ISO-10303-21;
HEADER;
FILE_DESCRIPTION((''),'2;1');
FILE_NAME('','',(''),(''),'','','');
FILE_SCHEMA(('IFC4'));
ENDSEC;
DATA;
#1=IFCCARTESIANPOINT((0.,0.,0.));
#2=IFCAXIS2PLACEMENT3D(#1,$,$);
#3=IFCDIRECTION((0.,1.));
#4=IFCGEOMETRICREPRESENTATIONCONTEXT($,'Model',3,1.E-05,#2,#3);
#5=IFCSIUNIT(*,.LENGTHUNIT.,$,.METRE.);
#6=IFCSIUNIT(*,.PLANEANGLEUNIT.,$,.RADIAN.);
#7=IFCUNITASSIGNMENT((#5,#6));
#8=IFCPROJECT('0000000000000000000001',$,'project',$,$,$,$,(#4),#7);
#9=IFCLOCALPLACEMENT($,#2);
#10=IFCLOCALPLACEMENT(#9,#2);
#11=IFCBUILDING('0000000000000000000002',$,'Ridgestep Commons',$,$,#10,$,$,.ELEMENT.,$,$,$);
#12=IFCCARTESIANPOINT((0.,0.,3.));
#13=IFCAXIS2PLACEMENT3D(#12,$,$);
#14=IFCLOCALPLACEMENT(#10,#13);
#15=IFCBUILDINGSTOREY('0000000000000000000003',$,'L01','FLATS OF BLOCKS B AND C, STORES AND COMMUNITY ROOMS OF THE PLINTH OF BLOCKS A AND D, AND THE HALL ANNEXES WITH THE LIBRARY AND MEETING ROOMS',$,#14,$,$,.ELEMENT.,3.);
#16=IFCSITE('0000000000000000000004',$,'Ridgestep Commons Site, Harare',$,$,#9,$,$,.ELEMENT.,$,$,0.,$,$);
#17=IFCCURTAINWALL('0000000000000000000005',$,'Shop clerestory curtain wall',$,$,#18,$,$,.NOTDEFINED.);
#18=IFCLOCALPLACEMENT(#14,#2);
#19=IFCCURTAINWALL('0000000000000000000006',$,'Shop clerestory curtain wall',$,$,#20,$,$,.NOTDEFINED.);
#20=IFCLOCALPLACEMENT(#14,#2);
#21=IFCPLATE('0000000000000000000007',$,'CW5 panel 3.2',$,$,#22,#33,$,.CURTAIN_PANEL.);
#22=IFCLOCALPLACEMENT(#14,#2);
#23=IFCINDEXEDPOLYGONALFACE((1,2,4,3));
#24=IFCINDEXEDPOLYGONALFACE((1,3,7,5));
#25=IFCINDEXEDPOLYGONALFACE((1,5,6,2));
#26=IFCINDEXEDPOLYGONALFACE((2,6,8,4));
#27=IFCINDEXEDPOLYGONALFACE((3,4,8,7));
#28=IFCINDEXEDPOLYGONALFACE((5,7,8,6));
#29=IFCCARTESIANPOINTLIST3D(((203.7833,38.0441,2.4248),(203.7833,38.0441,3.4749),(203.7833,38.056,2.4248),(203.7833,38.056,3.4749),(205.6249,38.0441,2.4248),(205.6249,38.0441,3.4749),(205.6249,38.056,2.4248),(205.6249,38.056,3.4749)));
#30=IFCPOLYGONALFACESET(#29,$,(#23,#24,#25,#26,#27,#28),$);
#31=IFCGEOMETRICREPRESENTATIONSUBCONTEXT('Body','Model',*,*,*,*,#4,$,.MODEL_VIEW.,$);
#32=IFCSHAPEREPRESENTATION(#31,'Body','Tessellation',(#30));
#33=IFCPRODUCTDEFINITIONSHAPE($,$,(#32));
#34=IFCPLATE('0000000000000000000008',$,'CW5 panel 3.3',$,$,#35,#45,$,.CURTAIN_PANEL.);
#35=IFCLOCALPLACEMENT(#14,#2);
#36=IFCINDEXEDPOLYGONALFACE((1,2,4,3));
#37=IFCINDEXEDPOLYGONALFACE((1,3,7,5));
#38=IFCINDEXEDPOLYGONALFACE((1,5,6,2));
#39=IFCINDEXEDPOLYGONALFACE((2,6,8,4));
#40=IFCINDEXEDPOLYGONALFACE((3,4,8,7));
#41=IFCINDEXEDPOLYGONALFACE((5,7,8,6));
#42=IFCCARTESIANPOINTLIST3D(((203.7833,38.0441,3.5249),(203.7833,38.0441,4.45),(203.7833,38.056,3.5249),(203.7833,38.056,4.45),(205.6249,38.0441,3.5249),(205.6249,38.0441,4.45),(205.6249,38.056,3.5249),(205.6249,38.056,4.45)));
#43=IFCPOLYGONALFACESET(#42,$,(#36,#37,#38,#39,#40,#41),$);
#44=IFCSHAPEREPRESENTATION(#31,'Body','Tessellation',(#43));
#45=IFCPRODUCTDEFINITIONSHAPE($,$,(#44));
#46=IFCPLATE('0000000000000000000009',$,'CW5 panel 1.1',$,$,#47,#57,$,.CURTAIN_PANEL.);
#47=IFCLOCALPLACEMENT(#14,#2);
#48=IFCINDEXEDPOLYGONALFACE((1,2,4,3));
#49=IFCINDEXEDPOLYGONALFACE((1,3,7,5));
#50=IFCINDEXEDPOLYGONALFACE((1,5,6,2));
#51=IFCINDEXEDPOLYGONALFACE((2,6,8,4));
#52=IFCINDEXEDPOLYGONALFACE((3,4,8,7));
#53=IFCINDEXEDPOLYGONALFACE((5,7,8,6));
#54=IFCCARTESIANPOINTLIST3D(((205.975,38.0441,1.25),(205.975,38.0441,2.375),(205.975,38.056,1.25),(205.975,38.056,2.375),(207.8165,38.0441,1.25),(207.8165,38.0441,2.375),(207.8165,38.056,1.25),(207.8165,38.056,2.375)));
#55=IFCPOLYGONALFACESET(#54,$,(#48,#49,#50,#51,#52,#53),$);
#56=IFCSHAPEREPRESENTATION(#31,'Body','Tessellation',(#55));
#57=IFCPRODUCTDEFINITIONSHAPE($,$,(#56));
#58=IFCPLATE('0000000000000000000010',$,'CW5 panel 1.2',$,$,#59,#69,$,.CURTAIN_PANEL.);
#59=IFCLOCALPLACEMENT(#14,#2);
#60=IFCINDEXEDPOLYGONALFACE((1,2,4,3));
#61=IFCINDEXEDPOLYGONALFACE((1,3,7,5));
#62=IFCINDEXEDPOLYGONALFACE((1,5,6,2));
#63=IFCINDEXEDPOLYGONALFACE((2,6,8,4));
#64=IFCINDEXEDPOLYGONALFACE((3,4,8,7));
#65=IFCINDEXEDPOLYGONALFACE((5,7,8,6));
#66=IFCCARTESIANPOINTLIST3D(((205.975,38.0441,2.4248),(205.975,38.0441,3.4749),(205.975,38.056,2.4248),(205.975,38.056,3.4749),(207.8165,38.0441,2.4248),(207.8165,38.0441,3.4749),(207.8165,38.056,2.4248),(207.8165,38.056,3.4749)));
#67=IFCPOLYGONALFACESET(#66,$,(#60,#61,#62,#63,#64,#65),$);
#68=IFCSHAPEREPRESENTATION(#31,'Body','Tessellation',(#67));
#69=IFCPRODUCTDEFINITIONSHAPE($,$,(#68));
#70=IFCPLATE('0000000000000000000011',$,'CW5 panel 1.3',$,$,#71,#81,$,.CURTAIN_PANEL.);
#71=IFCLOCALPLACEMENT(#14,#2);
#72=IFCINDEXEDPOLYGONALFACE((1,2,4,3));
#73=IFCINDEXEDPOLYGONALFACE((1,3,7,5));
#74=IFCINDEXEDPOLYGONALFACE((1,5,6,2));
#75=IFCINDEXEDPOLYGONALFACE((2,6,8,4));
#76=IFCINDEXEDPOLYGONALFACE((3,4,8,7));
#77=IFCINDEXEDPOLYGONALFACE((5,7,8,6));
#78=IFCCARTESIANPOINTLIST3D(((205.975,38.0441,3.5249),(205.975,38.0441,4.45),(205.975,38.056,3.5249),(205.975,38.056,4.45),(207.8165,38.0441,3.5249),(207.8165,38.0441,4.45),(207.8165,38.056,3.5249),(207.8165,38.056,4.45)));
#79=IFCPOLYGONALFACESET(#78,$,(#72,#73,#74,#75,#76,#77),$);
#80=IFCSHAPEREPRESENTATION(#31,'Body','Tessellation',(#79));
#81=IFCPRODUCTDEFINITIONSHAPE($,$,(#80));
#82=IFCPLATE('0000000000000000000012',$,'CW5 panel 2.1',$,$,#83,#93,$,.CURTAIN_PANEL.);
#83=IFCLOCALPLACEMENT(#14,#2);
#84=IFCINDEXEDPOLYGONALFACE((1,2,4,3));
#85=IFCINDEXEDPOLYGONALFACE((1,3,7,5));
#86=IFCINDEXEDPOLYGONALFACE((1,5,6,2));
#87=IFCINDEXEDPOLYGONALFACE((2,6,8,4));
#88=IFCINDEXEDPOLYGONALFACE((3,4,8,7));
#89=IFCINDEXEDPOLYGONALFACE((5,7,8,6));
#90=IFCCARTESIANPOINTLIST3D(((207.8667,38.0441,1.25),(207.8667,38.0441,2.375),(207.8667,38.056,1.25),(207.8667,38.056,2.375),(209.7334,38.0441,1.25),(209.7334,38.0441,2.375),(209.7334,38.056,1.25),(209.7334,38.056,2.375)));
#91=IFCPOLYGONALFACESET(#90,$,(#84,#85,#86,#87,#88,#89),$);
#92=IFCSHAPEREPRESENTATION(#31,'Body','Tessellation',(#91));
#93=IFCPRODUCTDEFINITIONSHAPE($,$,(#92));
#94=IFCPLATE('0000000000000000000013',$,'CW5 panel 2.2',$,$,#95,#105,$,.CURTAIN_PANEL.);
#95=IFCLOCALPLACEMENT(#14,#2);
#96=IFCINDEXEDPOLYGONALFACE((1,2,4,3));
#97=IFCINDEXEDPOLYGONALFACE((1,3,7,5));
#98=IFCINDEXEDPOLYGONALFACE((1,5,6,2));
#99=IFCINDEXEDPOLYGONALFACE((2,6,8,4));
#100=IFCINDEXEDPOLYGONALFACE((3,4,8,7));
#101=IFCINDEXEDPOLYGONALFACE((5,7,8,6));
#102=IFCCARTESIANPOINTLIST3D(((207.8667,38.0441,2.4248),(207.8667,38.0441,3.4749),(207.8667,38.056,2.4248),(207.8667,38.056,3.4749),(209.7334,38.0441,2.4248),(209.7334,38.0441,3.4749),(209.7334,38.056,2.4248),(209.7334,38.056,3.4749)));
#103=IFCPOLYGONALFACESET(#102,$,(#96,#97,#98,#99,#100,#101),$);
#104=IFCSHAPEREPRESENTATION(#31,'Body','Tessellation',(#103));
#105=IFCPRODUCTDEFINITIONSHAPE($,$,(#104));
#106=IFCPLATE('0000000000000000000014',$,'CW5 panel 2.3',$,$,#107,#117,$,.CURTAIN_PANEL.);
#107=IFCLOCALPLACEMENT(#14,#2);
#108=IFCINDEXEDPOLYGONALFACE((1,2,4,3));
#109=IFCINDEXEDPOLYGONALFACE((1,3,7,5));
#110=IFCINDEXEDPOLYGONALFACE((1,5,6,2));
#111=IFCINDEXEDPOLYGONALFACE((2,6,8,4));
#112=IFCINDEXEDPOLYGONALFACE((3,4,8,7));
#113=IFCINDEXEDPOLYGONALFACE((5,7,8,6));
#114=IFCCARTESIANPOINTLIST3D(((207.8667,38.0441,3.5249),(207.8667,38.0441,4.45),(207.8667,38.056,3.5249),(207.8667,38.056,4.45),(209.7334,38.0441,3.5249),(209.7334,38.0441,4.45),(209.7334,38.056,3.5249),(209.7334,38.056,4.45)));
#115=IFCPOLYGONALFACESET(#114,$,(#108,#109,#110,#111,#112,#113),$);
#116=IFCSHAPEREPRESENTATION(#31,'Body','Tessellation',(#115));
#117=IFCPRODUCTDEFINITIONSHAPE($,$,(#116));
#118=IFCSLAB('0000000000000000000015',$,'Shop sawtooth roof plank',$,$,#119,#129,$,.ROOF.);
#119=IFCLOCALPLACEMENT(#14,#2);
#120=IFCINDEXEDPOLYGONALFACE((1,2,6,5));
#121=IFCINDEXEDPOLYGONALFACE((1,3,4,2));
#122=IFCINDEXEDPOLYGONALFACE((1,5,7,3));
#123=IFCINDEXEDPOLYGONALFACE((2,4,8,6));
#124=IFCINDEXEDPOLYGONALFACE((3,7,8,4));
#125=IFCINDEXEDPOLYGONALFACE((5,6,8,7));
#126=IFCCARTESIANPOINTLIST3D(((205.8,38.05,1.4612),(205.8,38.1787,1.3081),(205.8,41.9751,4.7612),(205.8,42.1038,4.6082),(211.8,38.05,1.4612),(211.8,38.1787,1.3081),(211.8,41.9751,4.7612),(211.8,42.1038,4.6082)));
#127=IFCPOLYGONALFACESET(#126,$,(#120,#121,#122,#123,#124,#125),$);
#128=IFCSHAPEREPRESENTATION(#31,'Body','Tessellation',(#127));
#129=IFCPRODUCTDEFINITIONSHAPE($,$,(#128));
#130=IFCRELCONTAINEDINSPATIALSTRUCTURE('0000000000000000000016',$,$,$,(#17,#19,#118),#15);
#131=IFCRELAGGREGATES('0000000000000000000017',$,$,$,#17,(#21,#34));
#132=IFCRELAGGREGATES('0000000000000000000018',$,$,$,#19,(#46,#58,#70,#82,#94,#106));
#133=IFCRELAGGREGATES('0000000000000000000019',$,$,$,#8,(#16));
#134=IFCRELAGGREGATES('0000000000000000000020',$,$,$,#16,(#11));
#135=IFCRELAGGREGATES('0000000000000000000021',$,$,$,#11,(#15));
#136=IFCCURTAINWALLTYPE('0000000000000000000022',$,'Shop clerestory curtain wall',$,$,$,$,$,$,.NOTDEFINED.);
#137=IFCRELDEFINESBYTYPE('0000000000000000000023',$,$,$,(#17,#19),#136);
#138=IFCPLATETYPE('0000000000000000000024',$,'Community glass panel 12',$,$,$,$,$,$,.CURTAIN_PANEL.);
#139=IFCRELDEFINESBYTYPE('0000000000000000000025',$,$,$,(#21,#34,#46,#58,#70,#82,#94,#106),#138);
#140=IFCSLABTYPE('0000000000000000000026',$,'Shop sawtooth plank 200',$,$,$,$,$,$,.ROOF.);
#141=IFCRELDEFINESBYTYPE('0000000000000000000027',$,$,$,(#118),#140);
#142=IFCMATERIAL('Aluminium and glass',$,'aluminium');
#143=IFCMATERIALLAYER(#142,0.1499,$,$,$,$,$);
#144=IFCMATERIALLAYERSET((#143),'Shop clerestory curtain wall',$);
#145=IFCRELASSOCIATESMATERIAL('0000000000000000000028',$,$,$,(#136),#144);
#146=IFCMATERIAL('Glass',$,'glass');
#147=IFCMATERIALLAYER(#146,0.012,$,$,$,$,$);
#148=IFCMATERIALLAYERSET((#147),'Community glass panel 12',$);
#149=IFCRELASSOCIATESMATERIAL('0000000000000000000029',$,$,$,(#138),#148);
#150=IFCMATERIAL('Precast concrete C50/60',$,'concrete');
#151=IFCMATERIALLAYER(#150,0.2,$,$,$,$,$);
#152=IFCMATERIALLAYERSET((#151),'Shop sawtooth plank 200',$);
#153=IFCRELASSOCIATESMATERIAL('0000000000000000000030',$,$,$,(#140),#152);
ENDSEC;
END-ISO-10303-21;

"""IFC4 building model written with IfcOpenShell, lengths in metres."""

from ifc_helpers import new_model, si_unit, direction, frame, origin, origin_2d, place, context, subcontext, project, spatial, polyline, rectangle, outline, extrude, material, layer, layer_set, type_object, element, aggregate, save


model = new_model("IFC4")

# Units and contexts
model_context = context("Model", 3, precision=1e-05, world=origin(), true_north=direction((0.0, 1.0)))
body_context = subcontext(model_context, "Body", "Model", "MODEL_VIEW")
ifc_project = project(units=[si_unit("LENGTHUNIT", "METRE"), si_unit("PLANEANGLEUNIT", "RADIAN")], contexts=[model_context])

# Site, building, storey
site_placement = place(None, origin())
site = spatial("IfcSite", under=ifc_project, at=site_placement, Name="Ridgestep Commons Site, Harare", CompositionType="ELEMENT", RefElevation=0.0)
building_placement = place(site_placement, origin())
building = spatial("IfcBuilding", under=site, at=building_placement, Name="Ridgestep Commons", CompositionType="ELEMENT")
storey_placement = place(building_placement, frame((0.0, 0.0, 3.0)))
storey = spatial("IfcBuildingStorey", under=building, at=storey_placement, Name="L01", Description="FLATS OF BLOCKS B AND C, STORES AND COMMUNITY ROOMS OF THE PLINTH OF BLOCKS A AND D, AND THE HALL ANNEXES WITH THE LIBRARY AND MEETING ROOMS", CompositionType="ELEMENT", Elevation=3.0)

# Curtain wall
ifc_material_1 = material(Name="Aluminium and glass", Category="aluminium")
ifc_layer_1 = layer(ifc_material_1, 0.1499)
ifc_layer_set_1 = layer_set([ifc_layer_1], Name="Shop clerestory curtain wall")
curtain_wall_type = type_object("IfcCurtainWallType", Name="Shop clerestory curtain wall", PredefinedType="NOTDEFINED", material=ifc_layer_set_1)
curtain_wall_1_placement = place(storey_placement, origin())
curtain_wall_1 = element("IfcCurtainWall", 1, at=curtain_wall_1_placement, inside=storey, type_object=curtain_wall_type, Name="Shop clerestory curtain wall", PredefinedType="NOTDEFINED")

# Curtain wall
curtain_wall_2_placement = place(storey_placement, origin())
curtain_wall_2 = element("IfcCurtainWall", 2, at=curtain_wall_2_placement, inside=storey, type_object=curtain_wall_type, Name="Shop clerestory curtain wall", PredefinedType="NOTDEFINED")

# Plates
ifc_material_2 = material(Name="Glass", Category="glass")
ifc_layer_2 = layer(ifc_material_2, 0.012)
ifc_layer_set_2 = layer_set([ifc_layer_2], Name="Community glass panel 12")
plate_type = type_object("IfcPlateType", Name="Community glass panel 12", PredefinedType="CURTAIN_PANEL", material=ifc_layer_set_2)
plate_1_placement = place(storey_placement, frame((204.7041, 38.05, 2.4248), z_axis=(0.0, 0.0, 1.0), x_axis=(1.0, 0.0, 0.0)))
plate_1 = element("IfcPlate", 3, at=plate_1_placement, type_object=plate_type, Name="CW5 panel 3.2", PredefinedType="CURTAIN_PANEL", context=body_context, shape_type="SweptSolid", body=[
    extrude(rectangle(XDim=1.8416, YDim=0.012, at=origin_2d()), origin(), (0.0, 0.0, 1.0), 1.05),
])
plate_2_placement = place(storey_placement, frame((204.7041, 38.05, 3.5249), z_axis=(0.0, 0.0, 1.0), x_axis=(1.0, 0.0, 0.0)))
plate_2 = element("IfcPlate", 4, at=plate_2_placement, type_object=plate_type, Name="CW5 panel 3.3", PredefinedType="CURTAIN_PANEL", context=body_context, shape_type="SweptSolid", body=[
    extrude(rectangle(XDim=1.8416, YDim=0.012, at=origin_2d()), origin(), (0.0, 0.0, 1.0), 0.925),
])
aggregate(curtain_wall_1, [plate_1, plate_2])
plate_3_placement = place(storey_placement, frame((206.8958, 38.05, 1.25), z_axis=(0.0, 0.0, 1.0), x_axis=(1.0, 0.0, 0.0)))
plate_3 = element("IfcPlate", 5, at=plate_3_placement, type_object=plate_type, Name="CW5 panel 1.1", PredefinedType="CURTAIN_PANEL", context=body_context, shape_type="SweptSolid", body=[
    extrude(rectangle(XDim=1.8416, YDim=0.012, at=origin_2d()), origin(), (0.0, 0.0, 1.0), 1.125),
])
plate_4_placement = place(storey_placement, frame((206.8958, 38.05, 2.4248), z_axis=(0.0, 0.0, 1.0), x_axis=(1.0, 0.0, 0.0)))
plate_4 = element("IfcPlate", 6, at=plate_4_placement, type_object=plate_type, Name="CW5 panel 1.2", PredefinedType="CURTAIN_PANEL", context=body_context, shape_type="SweptSolid", body=[
    extrude(rectangle(XDim=1.8416, YDim=0.012, at=origin_2d()), origin(), (0.0, 0.0, 1.0), 1.05),
])
plate_5_placement = place(storey_placement, frame((206.8958, 38.05, 3.5249), z_axis=(0.0, 0.0, 1.0), x_axis=(1.0, 0.0, 0.0)))
plate_5 = element("IfcPlate", 7, at=plate_5_placement, type_object=plate_type, Name="CW5 panel 1.3", PredefinedType="CURTAIN_PANEL", context=body_context, shape_type="SweptSolid", body=[
    extrude(rectangle(XDim=1.8416, YDim=0.012, at=origin_2d()), origin(), (0.0, 0.0, 1.0), 0.925),
])
plate_6_placement = place(storey_placement, frame((208.8, 38.05, 1.25), z_axis=(0.0, 0.0, 1.0), x_axis=(1.0, 0.0, 0.0)))
plate_6 = element("IfcPlate", 8, at=plate_6_placement, type_object=plate_type, Name="CW5 panel 2.1", PredefinedType="CURTAIN_PANEL", context=body_context, shape_type="SweptSolid", body=[
    extrude(rectangle(XDim=1.8667, YDim=0.012, at=origin_2d()), origin(), (0.0, 0.0, 1.0), 1.125),
])
plate_7_placement = place(storey_placement, frame((208.8, 38.05, 2.4248), z_axis=(0.0, 0.0, 1.0), x_axis=(1.0, 0.0, 0.0)))
plate_7 = element("IfcPlate", 9, at=plate_7_placement, type_object=plate_type, Name="CW5 panel 2.2", PredefinedType="CURTAIN_PANEL", context=body_context, shape_type="SweptSolid", body=[
    extrude(rectangle(XDim=1.8667, YDim=0.012, at=origin_2d()), origin(), (0.0, 0.0, 1.0), 1.05),
])
plate_8_placement = place(storey_placement, frame((208.8, 38.05, 3.5249), z_axis=(0.0, 0.0, 1.0), x_axis=(1.0, 0.0, 0.0)))
plate_8 = element("IfcPlate", 10, at=plate_8_placement, type_object=plate_type, Name="CW5 panel 2.3", PredefinedType="CURTAIN_PANEL", context=body_context, shape_type="SweptSolid", body=[
    extrude(rectangle(XDim=1.8667, YDim=0.012, at=origin_2d()), origin(), (0.0, 0.0, 1.0), 0.925),
])
aggregate(curtain_wall_2, [plate_3, plate_4, plate_5, plate_6, plate_7, plate_8])

# Slab
ifc_material_3 = material(Name="Precast concrete C50/60", Category="concrete")
ifc_layer_3 = layer(ifc_material_3, 0.2)
ifc_layer_set_3 = layer_set([ifc_layer_3], Name="Shop sawtooth plank 200")
slab_type = type_object("IfcSlabType", Name="Shop sawtooth plank 200", PredefinedType="ROOF", material=ifc_layer_set_3)
slab_placement = place(storey_placement, frame((205.8, 38.05, 1.4612), z_axis=(0.0, -0.643536, 0.765416), x_axis=(1.0, 0.0, 0.0)))
element("IfcSlab", 11, at=slab_placement, inside=storey, type_object=slab_type, Name="Shop sawtooth roof plank", PredefinedType="ROOF", context=body_context, shape_type="SweptSolid", body=[
    extrude(outline(polyline([(0.0, 0.0), (6.0, 0.0), (6.0, 5.128), (0.0, 5.128), (0.0, 0.0)])), origin(), (0.0, 0.0, -1.0), 0.2),
])

save(model, "model.ifc")
